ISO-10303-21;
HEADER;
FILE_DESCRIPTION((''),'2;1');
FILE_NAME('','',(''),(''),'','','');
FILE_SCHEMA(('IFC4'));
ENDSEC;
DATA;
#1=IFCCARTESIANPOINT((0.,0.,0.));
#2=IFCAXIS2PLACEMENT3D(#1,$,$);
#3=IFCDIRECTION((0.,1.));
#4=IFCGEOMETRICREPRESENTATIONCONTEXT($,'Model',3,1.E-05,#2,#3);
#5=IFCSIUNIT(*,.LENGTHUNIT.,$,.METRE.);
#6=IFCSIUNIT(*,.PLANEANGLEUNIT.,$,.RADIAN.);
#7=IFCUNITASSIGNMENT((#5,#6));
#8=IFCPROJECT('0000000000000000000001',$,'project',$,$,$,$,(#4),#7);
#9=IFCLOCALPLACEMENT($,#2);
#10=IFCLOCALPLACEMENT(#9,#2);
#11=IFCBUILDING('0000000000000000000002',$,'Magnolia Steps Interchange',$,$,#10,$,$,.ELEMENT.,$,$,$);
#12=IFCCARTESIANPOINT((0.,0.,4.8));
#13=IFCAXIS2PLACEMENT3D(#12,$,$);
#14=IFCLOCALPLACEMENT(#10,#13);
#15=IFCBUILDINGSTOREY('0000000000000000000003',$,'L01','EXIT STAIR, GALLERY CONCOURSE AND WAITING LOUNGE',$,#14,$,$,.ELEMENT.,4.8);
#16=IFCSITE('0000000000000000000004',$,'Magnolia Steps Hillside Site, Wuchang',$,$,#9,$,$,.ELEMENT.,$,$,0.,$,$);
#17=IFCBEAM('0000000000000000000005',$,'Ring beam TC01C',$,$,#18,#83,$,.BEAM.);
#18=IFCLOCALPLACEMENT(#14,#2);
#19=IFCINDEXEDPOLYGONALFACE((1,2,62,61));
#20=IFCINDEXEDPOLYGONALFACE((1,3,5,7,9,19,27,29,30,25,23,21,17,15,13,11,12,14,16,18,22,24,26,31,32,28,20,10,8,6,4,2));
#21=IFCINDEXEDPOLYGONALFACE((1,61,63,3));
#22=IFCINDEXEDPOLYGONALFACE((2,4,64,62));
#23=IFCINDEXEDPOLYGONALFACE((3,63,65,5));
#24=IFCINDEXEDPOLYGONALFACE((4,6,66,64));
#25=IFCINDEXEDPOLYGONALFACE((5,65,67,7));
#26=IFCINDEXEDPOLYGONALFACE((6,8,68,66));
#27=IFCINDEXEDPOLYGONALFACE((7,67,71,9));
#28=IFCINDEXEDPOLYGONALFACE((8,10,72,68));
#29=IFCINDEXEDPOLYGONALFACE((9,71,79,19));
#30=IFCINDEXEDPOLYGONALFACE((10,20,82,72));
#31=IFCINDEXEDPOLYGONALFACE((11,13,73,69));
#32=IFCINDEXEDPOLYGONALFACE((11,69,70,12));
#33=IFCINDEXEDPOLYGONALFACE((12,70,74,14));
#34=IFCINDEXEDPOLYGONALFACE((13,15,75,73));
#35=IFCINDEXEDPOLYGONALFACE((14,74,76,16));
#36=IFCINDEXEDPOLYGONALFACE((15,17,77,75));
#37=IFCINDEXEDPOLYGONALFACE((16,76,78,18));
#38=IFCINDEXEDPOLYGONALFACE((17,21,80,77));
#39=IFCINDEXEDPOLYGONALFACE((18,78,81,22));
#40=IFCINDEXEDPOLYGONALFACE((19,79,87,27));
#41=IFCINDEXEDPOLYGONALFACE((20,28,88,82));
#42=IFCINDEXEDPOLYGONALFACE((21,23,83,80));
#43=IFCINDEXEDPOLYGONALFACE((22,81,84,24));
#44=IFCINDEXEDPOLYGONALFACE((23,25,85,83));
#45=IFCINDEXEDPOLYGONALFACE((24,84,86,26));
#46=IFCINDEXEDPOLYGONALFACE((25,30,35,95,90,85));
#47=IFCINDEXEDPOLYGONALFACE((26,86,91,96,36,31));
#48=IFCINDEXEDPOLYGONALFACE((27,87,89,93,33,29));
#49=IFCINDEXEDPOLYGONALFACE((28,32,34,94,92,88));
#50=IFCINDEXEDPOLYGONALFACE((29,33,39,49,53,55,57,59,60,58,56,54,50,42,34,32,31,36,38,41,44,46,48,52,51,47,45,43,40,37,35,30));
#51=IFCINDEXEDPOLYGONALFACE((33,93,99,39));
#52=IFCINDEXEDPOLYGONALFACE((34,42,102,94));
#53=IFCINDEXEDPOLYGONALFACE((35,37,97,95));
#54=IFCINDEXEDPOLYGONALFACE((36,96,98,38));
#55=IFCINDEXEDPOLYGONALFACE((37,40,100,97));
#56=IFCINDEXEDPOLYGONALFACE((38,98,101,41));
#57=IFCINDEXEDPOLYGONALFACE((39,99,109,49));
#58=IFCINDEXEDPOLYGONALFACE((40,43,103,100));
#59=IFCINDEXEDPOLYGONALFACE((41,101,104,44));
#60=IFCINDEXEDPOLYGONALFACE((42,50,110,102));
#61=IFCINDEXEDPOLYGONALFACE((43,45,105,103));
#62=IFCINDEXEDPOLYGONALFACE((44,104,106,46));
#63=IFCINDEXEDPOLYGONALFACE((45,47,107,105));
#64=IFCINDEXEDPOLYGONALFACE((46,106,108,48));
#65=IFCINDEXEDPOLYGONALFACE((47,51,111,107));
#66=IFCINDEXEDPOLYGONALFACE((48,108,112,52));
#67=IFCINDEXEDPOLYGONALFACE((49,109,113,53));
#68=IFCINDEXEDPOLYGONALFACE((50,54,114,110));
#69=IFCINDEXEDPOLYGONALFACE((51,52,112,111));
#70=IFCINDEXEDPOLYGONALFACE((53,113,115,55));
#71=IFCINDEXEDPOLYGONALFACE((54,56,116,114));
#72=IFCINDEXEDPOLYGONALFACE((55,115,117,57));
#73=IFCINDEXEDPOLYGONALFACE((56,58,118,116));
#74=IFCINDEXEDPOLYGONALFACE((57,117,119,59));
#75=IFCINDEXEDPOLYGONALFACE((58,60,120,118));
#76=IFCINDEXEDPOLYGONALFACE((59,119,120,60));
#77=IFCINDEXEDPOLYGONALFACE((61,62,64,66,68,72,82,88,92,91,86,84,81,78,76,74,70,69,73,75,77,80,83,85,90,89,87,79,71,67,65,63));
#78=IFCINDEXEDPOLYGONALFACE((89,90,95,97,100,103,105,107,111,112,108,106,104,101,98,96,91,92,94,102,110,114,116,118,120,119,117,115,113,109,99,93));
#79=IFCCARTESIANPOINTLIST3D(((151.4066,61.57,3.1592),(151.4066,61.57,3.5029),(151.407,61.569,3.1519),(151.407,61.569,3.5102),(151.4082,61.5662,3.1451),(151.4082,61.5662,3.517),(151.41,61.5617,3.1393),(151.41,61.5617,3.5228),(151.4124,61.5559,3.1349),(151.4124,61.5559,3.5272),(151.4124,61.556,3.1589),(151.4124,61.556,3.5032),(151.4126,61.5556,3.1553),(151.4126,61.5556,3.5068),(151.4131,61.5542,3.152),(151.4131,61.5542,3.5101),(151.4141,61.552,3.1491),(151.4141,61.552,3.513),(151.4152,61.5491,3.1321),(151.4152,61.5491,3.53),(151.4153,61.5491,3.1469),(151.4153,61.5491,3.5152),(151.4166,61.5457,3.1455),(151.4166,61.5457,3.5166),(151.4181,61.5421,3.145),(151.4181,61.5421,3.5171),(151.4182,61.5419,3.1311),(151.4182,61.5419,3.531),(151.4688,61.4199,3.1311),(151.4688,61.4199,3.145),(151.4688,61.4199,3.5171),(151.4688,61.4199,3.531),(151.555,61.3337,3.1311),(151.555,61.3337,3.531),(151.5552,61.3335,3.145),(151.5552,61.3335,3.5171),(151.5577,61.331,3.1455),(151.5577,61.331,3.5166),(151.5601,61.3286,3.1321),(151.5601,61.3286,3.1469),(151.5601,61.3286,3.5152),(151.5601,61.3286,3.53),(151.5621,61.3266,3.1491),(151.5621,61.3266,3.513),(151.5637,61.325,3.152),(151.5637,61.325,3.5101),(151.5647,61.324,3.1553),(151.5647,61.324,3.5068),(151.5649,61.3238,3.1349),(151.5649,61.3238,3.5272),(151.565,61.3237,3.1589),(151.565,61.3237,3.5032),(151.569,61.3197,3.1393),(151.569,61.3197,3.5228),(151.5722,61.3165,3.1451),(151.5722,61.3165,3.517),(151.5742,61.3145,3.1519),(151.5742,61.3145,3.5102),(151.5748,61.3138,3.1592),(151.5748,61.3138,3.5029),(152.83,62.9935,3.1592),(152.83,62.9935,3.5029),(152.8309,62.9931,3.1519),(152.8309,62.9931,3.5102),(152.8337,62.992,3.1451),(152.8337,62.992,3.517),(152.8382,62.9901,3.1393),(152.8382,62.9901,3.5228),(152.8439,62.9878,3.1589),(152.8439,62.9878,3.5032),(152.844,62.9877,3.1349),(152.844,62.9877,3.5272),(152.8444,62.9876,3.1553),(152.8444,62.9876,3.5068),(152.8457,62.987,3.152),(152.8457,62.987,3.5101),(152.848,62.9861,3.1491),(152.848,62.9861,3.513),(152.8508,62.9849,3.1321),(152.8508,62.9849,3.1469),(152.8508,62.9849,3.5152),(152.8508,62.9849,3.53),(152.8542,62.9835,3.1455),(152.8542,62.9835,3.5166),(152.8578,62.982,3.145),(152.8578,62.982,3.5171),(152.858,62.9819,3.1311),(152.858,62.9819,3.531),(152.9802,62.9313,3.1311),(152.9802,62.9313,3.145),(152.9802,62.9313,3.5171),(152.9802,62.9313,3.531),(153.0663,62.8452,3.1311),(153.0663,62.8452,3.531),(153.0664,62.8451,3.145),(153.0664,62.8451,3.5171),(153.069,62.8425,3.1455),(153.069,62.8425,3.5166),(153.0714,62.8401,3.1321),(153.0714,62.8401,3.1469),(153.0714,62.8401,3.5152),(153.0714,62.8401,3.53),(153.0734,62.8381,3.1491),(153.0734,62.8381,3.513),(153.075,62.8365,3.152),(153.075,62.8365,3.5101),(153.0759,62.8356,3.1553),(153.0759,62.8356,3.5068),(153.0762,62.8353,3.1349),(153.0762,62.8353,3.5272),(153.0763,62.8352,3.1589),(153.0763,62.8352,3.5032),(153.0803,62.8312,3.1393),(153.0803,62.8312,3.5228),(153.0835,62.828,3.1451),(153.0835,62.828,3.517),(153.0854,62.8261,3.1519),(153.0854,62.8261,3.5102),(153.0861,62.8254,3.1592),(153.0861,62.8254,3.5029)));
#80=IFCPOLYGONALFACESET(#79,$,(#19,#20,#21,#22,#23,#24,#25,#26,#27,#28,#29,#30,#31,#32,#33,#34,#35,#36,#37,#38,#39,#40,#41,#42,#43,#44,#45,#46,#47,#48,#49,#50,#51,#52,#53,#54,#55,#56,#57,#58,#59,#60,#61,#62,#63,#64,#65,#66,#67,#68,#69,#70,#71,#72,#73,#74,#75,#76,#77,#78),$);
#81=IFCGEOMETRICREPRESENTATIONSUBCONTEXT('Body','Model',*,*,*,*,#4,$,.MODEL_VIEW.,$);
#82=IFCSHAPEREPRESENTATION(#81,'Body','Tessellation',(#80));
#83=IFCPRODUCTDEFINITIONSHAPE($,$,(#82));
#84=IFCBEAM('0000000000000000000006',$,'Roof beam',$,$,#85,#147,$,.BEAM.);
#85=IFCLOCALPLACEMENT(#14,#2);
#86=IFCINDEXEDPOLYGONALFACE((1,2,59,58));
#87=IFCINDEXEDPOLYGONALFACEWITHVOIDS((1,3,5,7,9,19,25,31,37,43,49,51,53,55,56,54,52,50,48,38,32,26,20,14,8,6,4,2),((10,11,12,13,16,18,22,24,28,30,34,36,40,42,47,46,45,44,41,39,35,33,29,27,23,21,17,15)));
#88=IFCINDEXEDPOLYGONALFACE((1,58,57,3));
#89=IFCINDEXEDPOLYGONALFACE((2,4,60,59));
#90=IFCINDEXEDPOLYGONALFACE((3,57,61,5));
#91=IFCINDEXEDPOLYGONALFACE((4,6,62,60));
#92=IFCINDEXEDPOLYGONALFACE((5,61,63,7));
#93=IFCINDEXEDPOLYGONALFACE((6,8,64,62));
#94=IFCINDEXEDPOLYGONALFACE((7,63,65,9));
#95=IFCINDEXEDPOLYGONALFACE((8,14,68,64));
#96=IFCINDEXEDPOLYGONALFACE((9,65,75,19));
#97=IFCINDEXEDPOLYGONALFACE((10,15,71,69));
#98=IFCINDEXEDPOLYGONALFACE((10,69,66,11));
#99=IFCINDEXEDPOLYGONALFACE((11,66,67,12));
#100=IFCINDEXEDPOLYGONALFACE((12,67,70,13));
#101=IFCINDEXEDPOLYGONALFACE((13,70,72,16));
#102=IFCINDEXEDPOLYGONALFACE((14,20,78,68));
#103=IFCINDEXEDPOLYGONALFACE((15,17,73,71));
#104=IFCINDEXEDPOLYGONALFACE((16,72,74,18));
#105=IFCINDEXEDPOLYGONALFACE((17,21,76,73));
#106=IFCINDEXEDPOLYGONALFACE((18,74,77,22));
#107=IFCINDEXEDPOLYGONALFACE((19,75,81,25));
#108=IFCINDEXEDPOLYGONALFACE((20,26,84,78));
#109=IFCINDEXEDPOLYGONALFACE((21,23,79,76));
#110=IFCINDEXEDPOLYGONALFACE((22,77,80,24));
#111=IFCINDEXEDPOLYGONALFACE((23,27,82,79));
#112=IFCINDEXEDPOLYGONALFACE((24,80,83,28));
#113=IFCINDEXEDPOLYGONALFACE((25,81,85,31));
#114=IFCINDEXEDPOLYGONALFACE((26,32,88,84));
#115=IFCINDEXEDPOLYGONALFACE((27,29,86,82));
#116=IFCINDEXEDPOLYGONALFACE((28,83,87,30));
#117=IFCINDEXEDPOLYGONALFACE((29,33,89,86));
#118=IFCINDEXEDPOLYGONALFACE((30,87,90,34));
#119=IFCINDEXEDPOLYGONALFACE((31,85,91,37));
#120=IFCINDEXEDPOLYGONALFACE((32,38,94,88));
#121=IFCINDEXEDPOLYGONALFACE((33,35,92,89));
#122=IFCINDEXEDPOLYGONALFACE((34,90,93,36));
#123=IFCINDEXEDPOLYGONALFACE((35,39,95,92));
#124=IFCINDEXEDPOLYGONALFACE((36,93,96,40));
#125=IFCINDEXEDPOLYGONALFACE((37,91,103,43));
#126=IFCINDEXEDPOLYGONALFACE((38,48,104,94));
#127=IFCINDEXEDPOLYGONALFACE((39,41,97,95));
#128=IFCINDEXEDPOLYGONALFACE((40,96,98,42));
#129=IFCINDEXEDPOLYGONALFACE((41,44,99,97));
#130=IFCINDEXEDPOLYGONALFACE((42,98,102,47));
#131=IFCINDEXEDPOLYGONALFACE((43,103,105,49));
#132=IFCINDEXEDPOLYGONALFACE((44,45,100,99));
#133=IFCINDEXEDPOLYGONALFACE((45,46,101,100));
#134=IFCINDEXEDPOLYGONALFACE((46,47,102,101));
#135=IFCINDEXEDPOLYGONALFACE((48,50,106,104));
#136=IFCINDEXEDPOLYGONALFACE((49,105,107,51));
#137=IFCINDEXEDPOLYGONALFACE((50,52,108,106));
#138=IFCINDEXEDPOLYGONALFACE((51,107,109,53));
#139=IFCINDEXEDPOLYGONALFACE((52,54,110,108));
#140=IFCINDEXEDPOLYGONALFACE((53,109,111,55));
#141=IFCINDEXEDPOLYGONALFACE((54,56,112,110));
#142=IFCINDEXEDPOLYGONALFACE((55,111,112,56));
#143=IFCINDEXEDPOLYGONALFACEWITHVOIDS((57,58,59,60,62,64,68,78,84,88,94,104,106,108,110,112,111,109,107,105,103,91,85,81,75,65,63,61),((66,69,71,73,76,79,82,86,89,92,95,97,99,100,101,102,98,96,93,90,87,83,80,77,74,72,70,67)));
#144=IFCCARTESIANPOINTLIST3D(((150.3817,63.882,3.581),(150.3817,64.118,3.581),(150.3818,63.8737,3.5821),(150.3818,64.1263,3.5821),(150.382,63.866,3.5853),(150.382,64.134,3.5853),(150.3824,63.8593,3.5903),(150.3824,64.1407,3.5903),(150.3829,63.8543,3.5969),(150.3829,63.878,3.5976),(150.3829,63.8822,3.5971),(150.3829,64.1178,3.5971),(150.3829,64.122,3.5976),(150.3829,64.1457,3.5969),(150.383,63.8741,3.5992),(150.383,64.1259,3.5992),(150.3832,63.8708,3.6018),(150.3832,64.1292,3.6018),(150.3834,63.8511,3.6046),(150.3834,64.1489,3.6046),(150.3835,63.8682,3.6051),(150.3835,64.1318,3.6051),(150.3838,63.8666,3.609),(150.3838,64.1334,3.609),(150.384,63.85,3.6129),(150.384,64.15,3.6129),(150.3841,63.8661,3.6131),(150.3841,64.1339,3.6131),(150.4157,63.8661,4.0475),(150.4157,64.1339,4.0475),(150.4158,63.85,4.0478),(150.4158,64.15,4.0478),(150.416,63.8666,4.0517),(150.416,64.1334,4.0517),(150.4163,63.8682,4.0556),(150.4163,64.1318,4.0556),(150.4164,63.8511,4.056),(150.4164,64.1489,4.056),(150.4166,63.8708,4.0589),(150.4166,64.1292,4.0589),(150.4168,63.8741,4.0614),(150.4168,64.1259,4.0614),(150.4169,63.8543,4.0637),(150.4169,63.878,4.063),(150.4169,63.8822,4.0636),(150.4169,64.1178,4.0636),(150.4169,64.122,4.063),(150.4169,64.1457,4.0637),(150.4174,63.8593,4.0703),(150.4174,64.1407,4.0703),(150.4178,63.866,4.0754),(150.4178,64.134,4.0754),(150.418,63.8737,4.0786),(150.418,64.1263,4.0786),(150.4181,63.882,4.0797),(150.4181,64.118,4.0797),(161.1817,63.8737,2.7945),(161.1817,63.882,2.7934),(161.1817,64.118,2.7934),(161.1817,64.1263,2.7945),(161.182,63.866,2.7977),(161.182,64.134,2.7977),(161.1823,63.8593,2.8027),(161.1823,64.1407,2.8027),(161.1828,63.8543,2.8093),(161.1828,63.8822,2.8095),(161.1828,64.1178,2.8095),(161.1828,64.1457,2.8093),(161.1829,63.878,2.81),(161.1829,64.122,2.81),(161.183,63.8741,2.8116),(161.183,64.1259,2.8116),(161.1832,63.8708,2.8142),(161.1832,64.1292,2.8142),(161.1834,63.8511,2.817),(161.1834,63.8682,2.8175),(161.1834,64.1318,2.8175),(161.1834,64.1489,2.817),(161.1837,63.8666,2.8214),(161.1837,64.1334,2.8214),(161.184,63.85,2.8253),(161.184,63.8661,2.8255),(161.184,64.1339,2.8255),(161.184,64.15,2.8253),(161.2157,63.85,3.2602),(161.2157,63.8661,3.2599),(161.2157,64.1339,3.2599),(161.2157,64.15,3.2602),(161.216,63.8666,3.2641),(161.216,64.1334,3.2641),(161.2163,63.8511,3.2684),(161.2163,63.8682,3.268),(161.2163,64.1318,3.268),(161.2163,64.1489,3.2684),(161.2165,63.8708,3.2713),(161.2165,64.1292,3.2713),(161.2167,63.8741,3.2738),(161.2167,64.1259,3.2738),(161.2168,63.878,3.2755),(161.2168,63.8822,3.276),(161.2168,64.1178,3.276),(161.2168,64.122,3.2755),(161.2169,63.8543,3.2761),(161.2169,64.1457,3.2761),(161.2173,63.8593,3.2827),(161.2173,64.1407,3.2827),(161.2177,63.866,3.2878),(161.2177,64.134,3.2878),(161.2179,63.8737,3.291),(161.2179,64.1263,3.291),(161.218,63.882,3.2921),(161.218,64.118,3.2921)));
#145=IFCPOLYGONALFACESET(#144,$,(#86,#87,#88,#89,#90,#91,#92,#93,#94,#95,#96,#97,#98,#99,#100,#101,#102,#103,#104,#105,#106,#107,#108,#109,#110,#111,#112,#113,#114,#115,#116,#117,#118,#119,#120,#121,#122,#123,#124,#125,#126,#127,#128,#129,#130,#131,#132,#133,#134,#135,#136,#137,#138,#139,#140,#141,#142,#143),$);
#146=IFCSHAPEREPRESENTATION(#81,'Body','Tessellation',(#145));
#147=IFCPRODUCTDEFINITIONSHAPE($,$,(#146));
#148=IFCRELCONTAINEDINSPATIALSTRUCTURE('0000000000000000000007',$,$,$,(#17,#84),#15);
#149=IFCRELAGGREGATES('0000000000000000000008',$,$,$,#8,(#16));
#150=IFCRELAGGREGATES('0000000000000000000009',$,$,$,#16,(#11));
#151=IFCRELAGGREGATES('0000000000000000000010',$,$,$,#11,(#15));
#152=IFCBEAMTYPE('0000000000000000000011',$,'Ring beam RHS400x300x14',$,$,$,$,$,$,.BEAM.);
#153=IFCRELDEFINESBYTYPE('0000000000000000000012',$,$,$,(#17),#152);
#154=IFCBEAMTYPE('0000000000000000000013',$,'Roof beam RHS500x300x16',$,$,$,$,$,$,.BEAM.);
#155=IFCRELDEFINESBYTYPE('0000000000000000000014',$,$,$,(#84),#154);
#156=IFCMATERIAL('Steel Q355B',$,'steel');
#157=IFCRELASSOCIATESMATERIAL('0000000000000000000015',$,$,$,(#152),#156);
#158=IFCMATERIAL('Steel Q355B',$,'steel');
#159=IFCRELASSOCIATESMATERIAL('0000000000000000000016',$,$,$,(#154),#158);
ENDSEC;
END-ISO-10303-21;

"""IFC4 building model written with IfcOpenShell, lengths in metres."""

from ifc_helpers import new_model, si_unit, direction, frame, origin, origin_2d, place, context, subcontext, project, spatial, hollow_rectangle, extrude, clip, halfspace, material, material_profile, profile_set, type_object, element, save


model = new_model("IFC4")

# Units and contexts
model_context = context("Model", 3, precision=1e-05, world=origin(), true_north=direction((0.0, 1.0)))
body_context = subcontext(model_context, "Body", "Model", "MODEL_VIEW")
ifc_project = project(units=[si_unit("LENGTHUNIT", "METRE"), si_unit("PLANEANGLEUNIT", "RADIAN")], contexts=[model_context])

# Site, building, storey
site_placement = place(None, origin())
site = spatial("IfcSite", under=ifc_project, at=site_placement, Name="Magnolia Steps Hillside Site, Wuchang", CompositionType="ELEMENT", RefElevation=0.0)
building_placement = place(site_placement, origin())
building = spatial("IfcBuilding", under=site, at=building_placement, Name="Magnolia Steps Interchange", CompositionType="ELEMENT")
storey_placement = place(building_placement, frame((0.0, 0.0, 4.8)))
storey = spatial("IfcBuildingStorey", under=building, at=storey_placement, Name="L01", Description="EXIT STAIR, GALLERY CONCOURSE AND WAITING LOUNGE", CompositionType="ELEMENT", Elevation=4.8)

# Beams
ifc_material_1 = material(Name="Steel Q355B", Category="steel")
ifc_material_profile_1 = material_profile(ifc_material_1, hollow_rectangle(XDim=0.3, YDim=0.3999, WallThickness=0.0139, InnerFilletRadius=0.0139, OuterFilletRadius=0.0281, at=origin_2d()), Name="RHS400x300x14")
ifc_profile_set_1 = profile_set([ifc_material_profile_1], Name="Steel Q355B")
beam_type_1 = type_object("IfcBeamType", Name="Ring beam RHS400x300x14", PredefinedType="BEAM", material=ifc_profile_set_1)
beam_1_placement = place(storey_placement, frame((151.4688, 61.4199, 3.3311), z_axis=(0.70705, 0.707164, 0.0), x_axis=(-0.707164, 0.70705, 0.0)))
element("IfcBeam", 1, at=beam_1_placement, inside=storey, type_object=beam_type_1, Name="Ring beam TC01C", PredefinedType="BEAM", context=body_context, shape_type="Clipping", body=[
    clip(clip(extrude(hollow_rectangle(XDim=0.3, YDim=0.3999, WallThickness=0.0139, InnerFilletRadius=0.0139, OuterFilletRadius=0.0281, at=origin_2d()), origin(), (0.0, 0.0, 1.0), 2.1375), halfspace(frame((0.0, 0.0, 0.0), z_axis=(0.382758, 0.0, -0.923849), x_axis=(0.923849, 0.0, 0.382758)), False)), halfspace(frame((0.0, 0.0, 2.1374), z_axis=(0.382609, 0.0, 0.92391), x_axis=(0.92391, 0.0, -0.382609)), False)),
])
ifc_material_2 = material(Name="Steel Q355B", Category="steel")
ifc_material_profile_2 = material_profile(ifc_material_2, hollow_rectangle(XDim=0.3, YDim=0.5, WallThickness=0.0161, InnerFilletRadius=0.0161, OuterFilletRadius=0.032, at=origin_2d()), Name="RHS500x300x16")
ifc_profile_set_2 = profile_set([ifc_material_profile_2], Name="Steel Q355B")
beam_type_2 = type_object("IfcBeamType", Name="Roof beam RHS500x300x16", PredefinedType="BEAM", material=ifc_profile_set_2)
beam_2_placement = place(storey_placement, frame((150.3999, 64.0, 3.8303), z_axis=(0.997352, 0.0, -0.072732), x_axis=(0.0, 1.0, 0.0)))
element("IfcBeam", 2, at=beam_2_placement, inside=storey, type_object=beam_type_2, Name="Roof beam", PredefinedType="BEAM", context=body_context, shape_type="SweptSolid", body=[
    extrude(hollow_rectangle(XDim=0.3, YDim=0.5, WallThickness=0.0161, InnerFilletRadius=0.0161, OuterFilletRadius=0.032, at=origin_2d()), origin(), (0.0, 0.0, 1.0), 10.8286),
])

save(model, "model.ifc")
